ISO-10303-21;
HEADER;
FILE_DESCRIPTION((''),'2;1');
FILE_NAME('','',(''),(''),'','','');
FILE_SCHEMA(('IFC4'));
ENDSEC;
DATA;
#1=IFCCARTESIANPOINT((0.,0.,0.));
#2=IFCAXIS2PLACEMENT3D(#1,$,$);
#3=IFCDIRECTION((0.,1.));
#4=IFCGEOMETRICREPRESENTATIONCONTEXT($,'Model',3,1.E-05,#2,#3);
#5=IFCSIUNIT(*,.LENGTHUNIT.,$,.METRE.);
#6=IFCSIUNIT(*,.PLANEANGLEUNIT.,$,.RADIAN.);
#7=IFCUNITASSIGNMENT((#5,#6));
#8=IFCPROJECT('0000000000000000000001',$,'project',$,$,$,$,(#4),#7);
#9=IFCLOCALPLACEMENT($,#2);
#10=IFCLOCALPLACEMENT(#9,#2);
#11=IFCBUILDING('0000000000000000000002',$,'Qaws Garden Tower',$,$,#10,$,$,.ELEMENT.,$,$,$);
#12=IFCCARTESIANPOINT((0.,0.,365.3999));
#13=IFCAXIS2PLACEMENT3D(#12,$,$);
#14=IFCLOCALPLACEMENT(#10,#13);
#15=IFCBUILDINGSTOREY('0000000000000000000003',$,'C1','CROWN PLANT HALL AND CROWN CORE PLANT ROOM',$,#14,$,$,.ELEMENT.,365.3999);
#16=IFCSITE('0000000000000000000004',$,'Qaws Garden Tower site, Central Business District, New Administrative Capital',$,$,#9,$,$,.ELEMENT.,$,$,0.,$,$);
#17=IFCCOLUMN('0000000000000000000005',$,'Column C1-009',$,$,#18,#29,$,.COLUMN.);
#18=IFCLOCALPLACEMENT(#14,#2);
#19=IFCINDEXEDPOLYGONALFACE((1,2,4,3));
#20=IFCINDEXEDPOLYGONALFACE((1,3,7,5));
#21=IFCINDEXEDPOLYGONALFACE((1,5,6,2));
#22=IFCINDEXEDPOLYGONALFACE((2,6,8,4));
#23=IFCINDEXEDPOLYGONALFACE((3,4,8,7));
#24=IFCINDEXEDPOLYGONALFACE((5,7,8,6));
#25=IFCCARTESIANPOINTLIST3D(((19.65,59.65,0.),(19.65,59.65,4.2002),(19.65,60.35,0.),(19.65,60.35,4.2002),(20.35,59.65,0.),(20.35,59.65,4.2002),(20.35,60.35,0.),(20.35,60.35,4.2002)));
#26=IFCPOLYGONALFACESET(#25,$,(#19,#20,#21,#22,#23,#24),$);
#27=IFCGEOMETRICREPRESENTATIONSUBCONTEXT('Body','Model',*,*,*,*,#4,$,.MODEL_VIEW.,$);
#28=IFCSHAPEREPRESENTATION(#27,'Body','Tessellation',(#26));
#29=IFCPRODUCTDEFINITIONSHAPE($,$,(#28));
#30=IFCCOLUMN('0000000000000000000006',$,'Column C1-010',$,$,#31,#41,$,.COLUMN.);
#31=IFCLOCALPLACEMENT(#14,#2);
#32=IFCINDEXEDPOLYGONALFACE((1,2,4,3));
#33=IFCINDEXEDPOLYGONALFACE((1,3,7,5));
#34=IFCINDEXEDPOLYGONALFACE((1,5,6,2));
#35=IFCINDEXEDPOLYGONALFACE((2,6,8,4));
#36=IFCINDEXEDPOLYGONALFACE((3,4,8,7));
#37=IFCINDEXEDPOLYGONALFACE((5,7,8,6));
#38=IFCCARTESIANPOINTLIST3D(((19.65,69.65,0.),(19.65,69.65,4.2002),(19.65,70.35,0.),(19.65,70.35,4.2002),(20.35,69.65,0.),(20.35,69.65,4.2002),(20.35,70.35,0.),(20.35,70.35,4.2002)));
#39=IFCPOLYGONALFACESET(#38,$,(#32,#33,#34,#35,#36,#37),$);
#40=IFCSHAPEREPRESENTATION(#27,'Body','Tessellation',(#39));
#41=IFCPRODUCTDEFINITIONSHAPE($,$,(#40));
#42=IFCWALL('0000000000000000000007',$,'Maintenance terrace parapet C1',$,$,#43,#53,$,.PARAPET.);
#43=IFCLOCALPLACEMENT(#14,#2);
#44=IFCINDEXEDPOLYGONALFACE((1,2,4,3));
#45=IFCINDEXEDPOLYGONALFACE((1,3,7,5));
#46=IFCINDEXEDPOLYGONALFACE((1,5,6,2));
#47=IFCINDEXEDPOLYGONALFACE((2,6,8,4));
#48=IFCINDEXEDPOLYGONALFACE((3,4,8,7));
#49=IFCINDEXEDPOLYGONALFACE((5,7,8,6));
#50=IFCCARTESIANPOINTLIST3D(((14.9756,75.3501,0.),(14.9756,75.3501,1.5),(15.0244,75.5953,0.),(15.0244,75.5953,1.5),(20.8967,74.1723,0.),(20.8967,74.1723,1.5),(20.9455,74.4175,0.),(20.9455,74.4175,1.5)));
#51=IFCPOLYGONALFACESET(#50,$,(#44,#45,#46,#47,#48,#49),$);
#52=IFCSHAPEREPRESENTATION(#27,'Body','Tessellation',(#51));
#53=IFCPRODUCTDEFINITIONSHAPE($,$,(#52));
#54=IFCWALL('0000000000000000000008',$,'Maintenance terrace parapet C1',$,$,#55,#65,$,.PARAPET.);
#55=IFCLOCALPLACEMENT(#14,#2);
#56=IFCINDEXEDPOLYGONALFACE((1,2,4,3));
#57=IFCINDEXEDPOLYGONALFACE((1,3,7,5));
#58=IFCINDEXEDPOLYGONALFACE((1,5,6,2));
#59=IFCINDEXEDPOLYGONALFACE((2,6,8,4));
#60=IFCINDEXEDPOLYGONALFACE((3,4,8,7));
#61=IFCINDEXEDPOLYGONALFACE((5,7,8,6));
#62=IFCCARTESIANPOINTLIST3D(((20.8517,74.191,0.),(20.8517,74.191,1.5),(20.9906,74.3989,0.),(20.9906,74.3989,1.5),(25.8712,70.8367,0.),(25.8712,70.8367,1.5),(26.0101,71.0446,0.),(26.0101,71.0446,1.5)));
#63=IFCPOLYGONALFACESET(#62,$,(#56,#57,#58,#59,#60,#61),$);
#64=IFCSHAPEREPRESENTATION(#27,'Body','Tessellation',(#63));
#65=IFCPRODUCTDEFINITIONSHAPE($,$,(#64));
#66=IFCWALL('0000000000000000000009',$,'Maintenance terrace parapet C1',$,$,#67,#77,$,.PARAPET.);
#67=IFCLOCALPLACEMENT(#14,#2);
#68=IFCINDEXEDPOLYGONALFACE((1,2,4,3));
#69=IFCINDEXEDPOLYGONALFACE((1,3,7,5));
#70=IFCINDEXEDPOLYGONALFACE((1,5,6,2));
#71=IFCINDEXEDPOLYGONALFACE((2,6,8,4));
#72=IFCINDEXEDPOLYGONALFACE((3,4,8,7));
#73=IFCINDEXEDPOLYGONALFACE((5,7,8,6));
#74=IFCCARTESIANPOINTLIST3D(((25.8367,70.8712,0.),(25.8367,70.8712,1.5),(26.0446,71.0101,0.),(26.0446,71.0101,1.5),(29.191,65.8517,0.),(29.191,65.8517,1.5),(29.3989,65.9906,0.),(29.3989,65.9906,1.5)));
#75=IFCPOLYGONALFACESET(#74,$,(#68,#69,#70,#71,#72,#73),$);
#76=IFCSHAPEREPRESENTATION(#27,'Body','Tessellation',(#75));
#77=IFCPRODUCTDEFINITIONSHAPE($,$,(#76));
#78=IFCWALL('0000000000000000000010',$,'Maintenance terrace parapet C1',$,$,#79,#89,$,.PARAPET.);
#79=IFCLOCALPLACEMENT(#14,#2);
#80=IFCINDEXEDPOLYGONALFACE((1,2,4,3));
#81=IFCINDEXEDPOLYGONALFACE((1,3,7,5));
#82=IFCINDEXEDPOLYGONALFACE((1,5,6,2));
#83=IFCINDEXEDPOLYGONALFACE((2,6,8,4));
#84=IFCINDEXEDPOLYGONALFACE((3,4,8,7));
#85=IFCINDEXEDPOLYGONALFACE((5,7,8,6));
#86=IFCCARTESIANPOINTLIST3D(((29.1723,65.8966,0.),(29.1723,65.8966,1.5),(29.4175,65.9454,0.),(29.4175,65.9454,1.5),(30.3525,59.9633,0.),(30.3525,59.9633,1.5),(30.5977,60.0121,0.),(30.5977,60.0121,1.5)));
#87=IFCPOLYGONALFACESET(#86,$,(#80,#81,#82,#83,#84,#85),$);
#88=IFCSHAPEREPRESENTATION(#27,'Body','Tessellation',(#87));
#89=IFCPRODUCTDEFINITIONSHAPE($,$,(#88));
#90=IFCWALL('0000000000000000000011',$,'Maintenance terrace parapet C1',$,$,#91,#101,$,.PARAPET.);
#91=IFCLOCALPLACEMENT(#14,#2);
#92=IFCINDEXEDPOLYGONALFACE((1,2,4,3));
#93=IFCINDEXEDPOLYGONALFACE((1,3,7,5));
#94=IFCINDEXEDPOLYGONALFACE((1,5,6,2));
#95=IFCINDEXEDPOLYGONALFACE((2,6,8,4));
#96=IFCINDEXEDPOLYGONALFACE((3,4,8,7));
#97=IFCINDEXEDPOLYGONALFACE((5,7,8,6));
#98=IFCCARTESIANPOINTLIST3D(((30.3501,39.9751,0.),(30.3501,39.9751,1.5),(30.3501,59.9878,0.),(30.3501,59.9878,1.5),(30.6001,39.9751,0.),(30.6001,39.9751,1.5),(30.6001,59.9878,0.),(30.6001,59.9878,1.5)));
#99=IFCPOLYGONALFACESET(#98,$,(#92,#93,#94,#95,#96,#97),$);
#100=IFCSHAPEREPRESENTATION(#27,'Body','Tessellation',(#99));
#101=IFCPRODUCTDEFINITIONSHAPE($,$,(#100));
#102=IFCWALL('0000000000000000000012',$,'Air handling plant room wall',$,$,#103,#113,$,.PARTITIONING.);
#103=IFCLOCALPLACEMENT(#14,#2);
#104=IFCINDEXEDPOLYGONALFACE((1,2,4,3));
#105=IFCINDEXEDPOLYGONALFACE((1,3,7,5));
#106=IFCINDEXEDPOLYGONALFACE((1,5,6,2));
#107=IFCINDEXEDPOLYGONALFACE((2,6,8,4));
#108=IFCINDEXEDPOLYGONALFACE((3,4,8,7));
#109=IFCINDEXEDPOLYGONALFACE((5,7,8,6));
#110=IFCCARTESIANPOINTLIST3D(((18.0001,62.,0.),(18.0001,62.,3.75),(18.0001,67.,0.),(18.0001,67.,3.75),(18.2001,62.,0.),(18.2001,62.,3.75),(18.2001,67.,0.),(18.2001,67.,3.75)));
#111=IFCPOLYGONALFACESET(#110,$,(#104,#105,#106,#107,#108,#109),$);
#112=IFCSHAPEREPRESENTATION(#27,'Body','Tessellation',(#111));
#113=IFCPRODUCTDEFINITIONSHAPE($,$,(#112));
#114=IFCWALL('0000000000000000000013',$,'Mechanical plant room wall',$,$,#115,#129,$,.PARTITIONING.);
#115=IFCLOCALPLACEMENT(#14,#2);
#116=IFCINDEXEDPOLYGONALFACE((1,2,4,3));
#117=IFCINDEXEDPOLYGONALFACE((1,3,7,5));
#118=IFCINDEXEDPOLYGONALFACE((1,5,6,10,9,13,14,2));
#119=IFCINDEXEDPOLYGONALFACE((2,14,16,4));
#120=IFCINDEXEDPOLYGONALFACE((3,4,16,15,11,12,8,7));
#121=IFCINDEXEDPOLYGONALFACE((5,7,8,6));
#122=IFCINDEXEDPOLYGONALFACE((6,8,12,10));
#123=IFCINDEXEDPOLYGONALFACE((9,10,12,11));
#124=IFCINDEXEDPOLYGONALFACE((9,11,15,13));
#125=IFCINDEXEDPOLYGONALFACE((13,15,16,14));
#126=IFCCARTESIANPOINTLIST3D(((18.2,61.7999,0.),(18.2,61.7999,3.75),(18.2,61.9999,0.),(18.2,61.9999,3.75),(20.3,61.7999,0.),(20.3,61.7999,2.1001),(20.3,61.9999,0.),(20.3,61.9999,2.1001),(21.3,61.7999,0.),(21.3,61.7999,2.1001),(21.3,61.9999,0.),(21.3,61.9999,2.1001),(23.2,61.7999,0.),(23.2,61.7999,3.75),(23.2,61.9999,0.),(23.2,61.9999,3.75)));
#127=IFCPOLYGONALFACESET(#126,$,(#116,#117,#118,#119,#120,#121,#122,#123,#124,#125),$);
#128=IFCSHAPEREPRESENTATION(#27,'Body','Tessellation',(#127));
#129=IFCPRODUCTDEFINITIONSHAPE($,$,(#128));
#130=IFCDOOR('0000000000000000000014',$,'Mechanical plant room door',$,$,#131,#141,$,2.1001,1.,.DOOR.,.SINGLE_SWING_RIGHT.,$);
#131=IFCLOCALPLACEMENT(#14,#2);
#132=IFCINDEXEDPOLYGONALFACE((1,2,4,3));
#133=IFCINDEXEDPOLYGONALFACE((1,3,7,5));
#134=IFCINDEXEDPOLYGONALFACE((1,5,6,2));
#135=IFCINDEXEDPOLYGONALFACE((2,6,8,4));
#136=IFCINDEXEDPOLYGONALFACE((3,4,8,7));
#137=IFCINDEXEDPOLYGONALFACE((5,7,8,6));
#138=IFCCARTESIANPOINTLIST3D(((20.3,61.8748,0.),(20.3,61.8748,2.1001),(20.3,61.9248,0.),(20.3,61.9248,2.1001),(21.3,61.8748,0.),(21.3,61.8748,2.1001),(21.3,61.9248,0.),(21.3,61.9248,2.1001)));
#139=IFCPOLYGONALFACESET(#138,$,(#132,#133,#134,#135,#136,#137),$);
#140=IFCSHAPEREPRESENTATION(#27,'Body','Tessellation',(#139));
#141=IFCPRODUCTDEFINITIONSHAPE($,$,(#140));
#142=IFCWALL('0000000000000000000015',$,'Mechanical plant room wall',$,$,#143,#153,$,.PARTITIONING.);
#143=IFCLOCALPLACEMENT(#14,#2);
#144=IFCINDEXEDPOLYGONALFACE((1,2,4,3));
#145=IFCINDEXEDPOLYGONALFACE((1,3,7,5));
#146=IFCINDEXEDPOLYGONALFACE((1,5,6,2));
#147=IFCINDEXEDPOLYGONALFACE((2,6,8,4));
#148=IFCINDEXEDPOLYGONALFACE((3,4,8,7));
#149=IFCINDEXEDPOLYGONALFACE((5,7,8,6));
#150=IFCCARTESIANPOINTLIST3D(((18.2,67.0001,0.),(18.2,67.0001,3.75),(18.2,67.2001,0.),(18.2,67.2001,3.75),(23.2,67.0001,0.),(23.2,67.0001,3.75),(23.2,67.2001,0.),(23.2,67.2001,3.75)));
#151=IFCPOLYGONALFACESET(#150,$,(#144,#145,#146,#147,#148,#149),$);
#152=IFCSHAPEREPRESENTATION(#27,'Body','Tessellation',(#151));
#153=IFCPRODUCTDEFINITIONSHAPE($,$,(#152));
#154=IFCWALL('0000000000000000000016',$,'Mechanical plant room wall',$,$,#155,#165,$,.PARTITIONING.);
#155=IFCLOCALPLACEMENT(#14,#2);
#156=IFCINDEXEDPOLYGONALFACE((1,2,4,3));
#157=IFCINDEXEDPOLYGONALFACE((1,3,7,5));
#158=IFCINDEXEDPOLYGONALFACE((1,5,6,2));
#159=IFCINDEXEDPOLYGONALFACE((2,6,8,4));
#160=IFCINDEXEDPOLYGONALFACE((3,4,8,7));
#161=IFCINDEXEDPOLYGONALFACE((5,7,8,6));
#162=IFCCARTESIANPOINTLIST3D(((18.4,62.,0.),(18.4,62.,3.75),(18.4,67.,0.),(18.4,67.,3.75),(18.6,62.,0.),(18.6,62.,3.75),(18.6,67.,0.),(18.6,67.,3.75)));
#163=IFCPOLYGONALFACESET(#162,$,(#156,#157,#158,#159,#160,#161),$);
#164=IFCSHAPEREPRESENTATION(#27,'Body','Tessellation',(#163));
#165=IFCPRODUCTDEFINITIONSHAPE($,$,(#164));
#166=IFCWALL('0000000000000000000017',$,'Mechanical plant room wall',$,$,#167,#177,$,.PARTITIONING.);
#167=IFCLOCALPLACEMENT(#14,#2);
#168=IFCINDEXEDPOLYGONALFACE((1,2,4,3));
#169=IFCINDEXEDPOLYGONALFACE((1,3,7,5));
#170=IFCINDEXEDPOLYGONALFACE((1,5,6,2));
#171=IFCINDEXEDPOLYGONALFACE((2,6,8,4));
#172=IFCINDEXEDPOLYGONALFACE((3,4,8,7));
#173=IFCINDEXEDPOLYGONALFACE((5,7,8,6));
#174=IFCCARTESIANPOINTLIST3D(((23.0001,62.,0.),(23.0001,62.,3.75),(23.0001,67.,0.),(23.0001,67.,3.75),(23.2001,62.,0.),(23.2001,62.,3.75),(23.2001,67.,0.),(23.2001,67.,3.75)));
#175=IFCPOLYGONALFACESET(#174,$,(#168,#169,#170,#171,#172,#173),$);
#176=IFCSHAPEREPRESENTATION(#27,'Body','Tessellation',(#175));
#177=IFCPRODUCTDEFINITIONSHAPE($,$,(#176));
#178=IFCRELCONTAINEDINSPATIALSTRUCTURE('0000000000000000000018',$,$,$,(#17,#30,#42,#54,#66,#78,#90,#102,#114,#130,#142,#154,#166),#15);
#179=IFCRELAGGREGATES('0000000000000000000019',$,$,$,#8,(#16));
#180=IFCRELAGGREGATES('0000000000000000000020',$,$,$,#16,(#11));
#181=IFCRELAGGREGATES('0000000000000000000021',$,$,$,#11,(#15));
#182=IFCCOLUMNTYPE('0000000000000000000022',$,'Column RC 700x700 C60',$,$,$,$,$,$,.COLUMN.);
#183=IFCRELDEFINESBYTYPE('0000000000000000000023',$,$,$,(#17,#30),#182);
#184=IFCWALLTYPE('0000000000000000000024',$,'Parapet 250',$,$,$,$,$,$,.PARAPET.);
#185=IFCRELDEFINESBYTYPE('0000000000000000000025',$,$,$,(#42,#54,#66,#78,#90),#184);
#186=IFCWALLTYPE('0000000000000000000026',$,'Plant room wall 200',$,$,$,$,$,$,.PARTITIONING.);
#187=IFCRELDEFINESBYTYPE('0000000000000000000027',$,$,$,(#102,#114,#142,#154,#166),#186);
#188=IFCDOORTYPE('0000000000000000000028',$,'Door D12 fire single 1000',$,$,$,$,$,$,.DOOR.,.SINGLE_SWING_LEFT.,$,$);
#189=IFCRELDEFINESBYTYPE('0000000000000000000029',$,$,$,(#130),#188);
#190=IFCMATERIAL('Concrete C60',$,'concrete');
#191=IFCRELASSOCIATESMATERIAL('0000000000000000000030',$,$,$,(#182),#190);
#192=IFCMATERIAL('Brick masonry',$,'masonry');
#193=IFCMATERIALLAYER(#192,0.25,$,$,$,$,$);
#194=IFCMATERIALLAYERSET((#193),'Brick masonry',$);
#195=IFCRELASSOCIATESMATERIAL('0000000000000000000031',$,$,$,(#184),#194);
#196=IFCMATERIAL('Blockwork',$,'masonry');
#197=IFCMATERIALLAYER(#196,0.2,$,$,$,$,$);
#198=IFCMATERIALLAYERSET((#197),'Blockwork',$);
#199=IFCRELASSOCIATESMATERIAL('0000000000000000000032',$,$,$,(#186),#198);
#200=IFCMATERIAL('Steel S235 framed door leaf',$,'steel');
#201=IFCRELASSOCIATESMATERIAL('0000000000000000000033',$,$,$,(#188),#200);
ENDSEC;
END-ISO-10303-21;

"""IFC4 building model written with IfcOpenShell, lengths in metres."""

from ifc_helpers import new_model, si_unit, direction, frame, frame_2d, origin, origin_2d, place, context, subcontext, project, spatial, rectangle, extrude, material, layer, layer_set, material_profile, profile_set, type_object, element, fill, save


model = new_model("IFC4")

# Units and contexts
model_context = context("Model", 3, precision=1e-05, world=origin(), true_north=direction((0.0, 1.0)))
body_context = subcontext(model_context, "Body", "Model", "MODEL_VIEW")
ifc_project = project(units=[si_unit("LENGTHUNIT", "METRE"), si_unit("PLANEANGLEUNIT", "RADIAN")], contexts=[model_context])

# Site, building, storey
site_placement = place(None, origin())
site = spatial("IfcSite", under=ifc_project, at=site_placement, Name="Qaws Garden Tower site, Central Business District, New Administrative Capital", CompositionType="ELEMENT", RefElevation=0.0)
building_placement = place(site_placement, origin())
building = spatial("IfcBuilding", under=site, at=building_placement, Name="Qaws Garden Tower", CompositionType="ELEMENT")
storey_placement = place(building_placement, frame((0.0, 0.0, 365.3999)))
storey = spatial("IfcBuildingStorey", under=building, at=storey_placement, Name="C1", Description="CROWN PLANT HALL AND CROWN CORE PLANT ROOM", CompositionType="ELEMENT", Elevation=365.3999)

# Columns
ifc_material_1 = material(Name="Concrete C60", Category="concrete")
ifc_material_profile = material_profile(ifc_material_1, rectangle(XDim=0.7, YDim=0.7, at=origin_2d()), Name="RC 700x700")
ifc_profile_set = profile_set([ifc_material_profile], Name="Concrete C60")
column_type = type_object("IfcColumnType", Name="Column RC 700x700 C60", PredefinedType="COLUMN", material=ifc_profile_set)
for number, where, z_axis, x_axis, name in (
    (1, (20.0, 60.0, 0.0), (0.0, 0.0, 1.0), (1.0, 0.0, 0.0), "Column C1-009"),
    (2, (20.0, 70.0, 0.0), (0.0, 0.0, 1.0), (1.0, 0.0, 0.0), "Column C1-010"),
):
    element("IfcColumn", number, at=place(storey_placement, frame(where, z_axis=z_axis, x_axis=x_axis)), inside=storey, type_object=column_type, Name=name, PredefinedType="COLUMN", context=body_context, shape_type="SweptSolid", body=[
        extrude(rectangle(XDim=0.7, YDim=0.7, at=origin_2d()), origin(), (0.0, 0.0, 1.0), 4.2002),
    ])

# Walls
ifc_material_2 = material(Name="Brick masonry", Category="masonry")
ifc_layer_1 = layer(ifc_material_2, 0.25)
ifc_layer_set_1 = layer_set([ifc_layer_1], Name="Brick masonry")
wall_type_1 = type_object("IfcWallType", Name="Parapet 250", PredefinedType="PARAPET", material=ifc_layer_set_1)
for number, where, z_axis, x_axis, name in (
    (3, (15.0, 75.4727, 0.0), (0.0, 0.0, 1.0), (0.980787, -0.195082, 0.0), "Maintenance terrace parapet C1"),
    (4, (20.9211, 74.2949, 0.0), (0.0, 0.0, 1.0), (0.831446, -0.555605, 0.0), "Maintenance terrace parapet C1"),
    (5, (25.9407, 70.9407, 0.0), (0.0, 0.0, 1.0), (0.555605, -0.831446, 0.0), "Maintenance terrace parapet C1"),
):
    element("IfcWall", number, at=place(storey_placement, frame(where, z_axis=z_axis, x_axis=x_axis)), inside=storey, type_object=wall_type_1, Name=name, PredefinedType="PARAPET", context=body_context, shape_type="SweptSolid", body=[
        extrude(rectangle(XDim=6.0371, YDim=0.25, at=frame_2d((3.0186, 0.0))), origin(), (0.0, 0.0, 1.0), 1.5),
    ])
wall_1_placement = place(storey_placement, frame((29.2949, 65.9211, 0.0), z_axis=(0.0, 0.0, 1.0), x_axis=(0.195084, -0.980787, 0.0)))
element("IfcWall", 6, at=wall_1_placement, inside=storey, type_object=wall_type_1, Name="Maintenance terrace parapet C1", PredefinedType="PARAPET", context=body_context, shape_type="SweptSolid", body=[
    extrude(rectangle(XDim=6.0496, YDim=0.25, at=frame_2d((3.0249, 0.0))), origin(), (0.0, 0.0, 1.0), 1.5),
])
wall_2_placement = place(storey_placement, frame((30.4751, 59.9878, 0.0), z_axis=(0.0, 0.0, 1.0), x_axis=(0.0, -1.0, 0.0)))
element("IfcWall", 7, at=wall_2_placement, inside=storey, type_object=wall_type_1, Name="Maintenance terrace parapet C1", PredefinedType="PARAPET", context=body_context, shape_type="SweptSolid", body=[
    extrude(rectangle(XDim=20.0127, YDim=0.25, at=frame_2d((10.0063, 0.0))), origin(), (0.0, 0.0, 1.0), 1.5),
])
ifc_material_3 = material(Name="Blockwork", Category="masonry")
ifc_layer_2 = layer(ifc_material_3, 0.2)
ifc_layer_set_2 = layer_set([ifc_layer_2], Name="Blockwork")
wall_type_2 = type_object("IfcWallType", Name="Plant room wall 200", PredefinedType="PARTITIONING", material=ifc_layer_set_2)
wall_3_placement = place(storey_placement, frame((18.1001, 62.0, 0.0), z_axis=(0.0, 0.0, 1.0), x_axis=(0.0, 1.0, 0.0)))
element("IfcWall", 8, at=wall_3_placement, inside=storey, type_object=wall_type_2, Name="Air handling plant room wall", PredefinedType="PARTITIONING", context=body_context, shape_type="SweptSolid", body=[
    extrude(rectangle(XDim=5.0, YDim=0.2, at=frame_2d((2.5, 0.0))), origin(), (0.0, 0.0, 1.0), 3.75),
])

# Wall, opening, door
wall_4_placement = place(storey_placement, frame((18.2, 61.8999, 0.0), z_axis=(0.0, 0.0, 1.0), x_axis=(1.0, 0.0, 0.0)))
wall_4 = element("IfcWall", 9, at=wall_4_placement, inside=storey, type_object=wall_type_2, Name="Mechanical plant room wall", PredefinedType="PARTITIONING", context=body_context, shape_type="SweptSolid", body=[
    extrude(rectangle(XDim=5.0, YDim=0.2, at=frame_2d((2.5, 0.0))), origin(), (0.0, 0.0, 1.0), 3.75),
])
opening_1_placement = place(wall_4_placement, frame((2.1001, 0.0, 0.0)))
opening_1 = element("IfcOpeningElement", 10, at=opening_1_placement, cuts=wall_4, PredefinedType="OPENING", context=body_context, shape_type="SweptSolid", body=[
    extrude(rectangle(XDim=1.0, YDim=2.1001, at=frame_2d((0.5, 1.05))), frame((0.0, 0.1099, 0.0), z_axis=(0.0, -1.0, 0.0), x_axis=(1.0, 0.0, 0.0)), (0.0, 0.0, 1.0), 0.22),
])
ifc_material_4 = material(Name="Steel S235 framed door leaf", Category="steel")
door_type = type_object("IfcDoorType", Name="Door D12 fire single 1000", OperationType="SINGLE_SWING_LEFT", PredefinedType="DOOR", material=ifc_material_4)
door_placement = place(opening_1_placement, origin())
door = element("IfcDoor", 11, at=door_placement, inside=storey, type_object=door_type, Name="Mechanical plant room door", OperationType="SINGLE_SWING_RIGHT", OverallHeight=2.1001, OverallWidth=1.0, PredefinedType="DOOR", context=body_context, shape_type="SweptSolid", body=[
    extrude(rectangle(XDim=1.0, YDim=2.1001, at=frame_2d((0.5, 1.05))), frame((0.0, 0.0249, 0.0), z_axis=(0.0, -1.0, 0.0), x_axis=(1.0, 0.0, 0.0)), (0.0, 0.0, 1.0), 0.05),
])
fill(opening_1, door)

# Walls
for number, where, z_axis, x_axis, name in (
    (12, (18.2, 67.1001, 0.0), (0.0, 0.0, 1.0), (1.0, 0.0, 0.0), "Mechanical plant room wall"),
    (13, (18.5, 62.0, 0.0), (0.0, 0.0, 1.0), (0.0, 1.0, 0.0), "Mechanical plant room wall"),
    (14, (23.1001, 62.0, 0.0), (0.0, 0.0, 1.0), (0.0, 1.0, 0.0), "Mechanical plant room wall"),
):
    element("IfcWall", number, at=place(storey_placement, frame(where, z_axis=z_axis, x_axis=x_axis)), inside=storey, type_object=wall_type_2, Name=name, PredefinedType="PARTITIONING", context=body_context, shape_type="SweptSolid", body=[
        extrude(rectangle(XDim=5.0, YDim=0.2, at=frame_2d((2.5, 0.0))), origin(), (0.0, 0.0, 1.0), 3.75),
    ])

save(model, "model.ifc")
